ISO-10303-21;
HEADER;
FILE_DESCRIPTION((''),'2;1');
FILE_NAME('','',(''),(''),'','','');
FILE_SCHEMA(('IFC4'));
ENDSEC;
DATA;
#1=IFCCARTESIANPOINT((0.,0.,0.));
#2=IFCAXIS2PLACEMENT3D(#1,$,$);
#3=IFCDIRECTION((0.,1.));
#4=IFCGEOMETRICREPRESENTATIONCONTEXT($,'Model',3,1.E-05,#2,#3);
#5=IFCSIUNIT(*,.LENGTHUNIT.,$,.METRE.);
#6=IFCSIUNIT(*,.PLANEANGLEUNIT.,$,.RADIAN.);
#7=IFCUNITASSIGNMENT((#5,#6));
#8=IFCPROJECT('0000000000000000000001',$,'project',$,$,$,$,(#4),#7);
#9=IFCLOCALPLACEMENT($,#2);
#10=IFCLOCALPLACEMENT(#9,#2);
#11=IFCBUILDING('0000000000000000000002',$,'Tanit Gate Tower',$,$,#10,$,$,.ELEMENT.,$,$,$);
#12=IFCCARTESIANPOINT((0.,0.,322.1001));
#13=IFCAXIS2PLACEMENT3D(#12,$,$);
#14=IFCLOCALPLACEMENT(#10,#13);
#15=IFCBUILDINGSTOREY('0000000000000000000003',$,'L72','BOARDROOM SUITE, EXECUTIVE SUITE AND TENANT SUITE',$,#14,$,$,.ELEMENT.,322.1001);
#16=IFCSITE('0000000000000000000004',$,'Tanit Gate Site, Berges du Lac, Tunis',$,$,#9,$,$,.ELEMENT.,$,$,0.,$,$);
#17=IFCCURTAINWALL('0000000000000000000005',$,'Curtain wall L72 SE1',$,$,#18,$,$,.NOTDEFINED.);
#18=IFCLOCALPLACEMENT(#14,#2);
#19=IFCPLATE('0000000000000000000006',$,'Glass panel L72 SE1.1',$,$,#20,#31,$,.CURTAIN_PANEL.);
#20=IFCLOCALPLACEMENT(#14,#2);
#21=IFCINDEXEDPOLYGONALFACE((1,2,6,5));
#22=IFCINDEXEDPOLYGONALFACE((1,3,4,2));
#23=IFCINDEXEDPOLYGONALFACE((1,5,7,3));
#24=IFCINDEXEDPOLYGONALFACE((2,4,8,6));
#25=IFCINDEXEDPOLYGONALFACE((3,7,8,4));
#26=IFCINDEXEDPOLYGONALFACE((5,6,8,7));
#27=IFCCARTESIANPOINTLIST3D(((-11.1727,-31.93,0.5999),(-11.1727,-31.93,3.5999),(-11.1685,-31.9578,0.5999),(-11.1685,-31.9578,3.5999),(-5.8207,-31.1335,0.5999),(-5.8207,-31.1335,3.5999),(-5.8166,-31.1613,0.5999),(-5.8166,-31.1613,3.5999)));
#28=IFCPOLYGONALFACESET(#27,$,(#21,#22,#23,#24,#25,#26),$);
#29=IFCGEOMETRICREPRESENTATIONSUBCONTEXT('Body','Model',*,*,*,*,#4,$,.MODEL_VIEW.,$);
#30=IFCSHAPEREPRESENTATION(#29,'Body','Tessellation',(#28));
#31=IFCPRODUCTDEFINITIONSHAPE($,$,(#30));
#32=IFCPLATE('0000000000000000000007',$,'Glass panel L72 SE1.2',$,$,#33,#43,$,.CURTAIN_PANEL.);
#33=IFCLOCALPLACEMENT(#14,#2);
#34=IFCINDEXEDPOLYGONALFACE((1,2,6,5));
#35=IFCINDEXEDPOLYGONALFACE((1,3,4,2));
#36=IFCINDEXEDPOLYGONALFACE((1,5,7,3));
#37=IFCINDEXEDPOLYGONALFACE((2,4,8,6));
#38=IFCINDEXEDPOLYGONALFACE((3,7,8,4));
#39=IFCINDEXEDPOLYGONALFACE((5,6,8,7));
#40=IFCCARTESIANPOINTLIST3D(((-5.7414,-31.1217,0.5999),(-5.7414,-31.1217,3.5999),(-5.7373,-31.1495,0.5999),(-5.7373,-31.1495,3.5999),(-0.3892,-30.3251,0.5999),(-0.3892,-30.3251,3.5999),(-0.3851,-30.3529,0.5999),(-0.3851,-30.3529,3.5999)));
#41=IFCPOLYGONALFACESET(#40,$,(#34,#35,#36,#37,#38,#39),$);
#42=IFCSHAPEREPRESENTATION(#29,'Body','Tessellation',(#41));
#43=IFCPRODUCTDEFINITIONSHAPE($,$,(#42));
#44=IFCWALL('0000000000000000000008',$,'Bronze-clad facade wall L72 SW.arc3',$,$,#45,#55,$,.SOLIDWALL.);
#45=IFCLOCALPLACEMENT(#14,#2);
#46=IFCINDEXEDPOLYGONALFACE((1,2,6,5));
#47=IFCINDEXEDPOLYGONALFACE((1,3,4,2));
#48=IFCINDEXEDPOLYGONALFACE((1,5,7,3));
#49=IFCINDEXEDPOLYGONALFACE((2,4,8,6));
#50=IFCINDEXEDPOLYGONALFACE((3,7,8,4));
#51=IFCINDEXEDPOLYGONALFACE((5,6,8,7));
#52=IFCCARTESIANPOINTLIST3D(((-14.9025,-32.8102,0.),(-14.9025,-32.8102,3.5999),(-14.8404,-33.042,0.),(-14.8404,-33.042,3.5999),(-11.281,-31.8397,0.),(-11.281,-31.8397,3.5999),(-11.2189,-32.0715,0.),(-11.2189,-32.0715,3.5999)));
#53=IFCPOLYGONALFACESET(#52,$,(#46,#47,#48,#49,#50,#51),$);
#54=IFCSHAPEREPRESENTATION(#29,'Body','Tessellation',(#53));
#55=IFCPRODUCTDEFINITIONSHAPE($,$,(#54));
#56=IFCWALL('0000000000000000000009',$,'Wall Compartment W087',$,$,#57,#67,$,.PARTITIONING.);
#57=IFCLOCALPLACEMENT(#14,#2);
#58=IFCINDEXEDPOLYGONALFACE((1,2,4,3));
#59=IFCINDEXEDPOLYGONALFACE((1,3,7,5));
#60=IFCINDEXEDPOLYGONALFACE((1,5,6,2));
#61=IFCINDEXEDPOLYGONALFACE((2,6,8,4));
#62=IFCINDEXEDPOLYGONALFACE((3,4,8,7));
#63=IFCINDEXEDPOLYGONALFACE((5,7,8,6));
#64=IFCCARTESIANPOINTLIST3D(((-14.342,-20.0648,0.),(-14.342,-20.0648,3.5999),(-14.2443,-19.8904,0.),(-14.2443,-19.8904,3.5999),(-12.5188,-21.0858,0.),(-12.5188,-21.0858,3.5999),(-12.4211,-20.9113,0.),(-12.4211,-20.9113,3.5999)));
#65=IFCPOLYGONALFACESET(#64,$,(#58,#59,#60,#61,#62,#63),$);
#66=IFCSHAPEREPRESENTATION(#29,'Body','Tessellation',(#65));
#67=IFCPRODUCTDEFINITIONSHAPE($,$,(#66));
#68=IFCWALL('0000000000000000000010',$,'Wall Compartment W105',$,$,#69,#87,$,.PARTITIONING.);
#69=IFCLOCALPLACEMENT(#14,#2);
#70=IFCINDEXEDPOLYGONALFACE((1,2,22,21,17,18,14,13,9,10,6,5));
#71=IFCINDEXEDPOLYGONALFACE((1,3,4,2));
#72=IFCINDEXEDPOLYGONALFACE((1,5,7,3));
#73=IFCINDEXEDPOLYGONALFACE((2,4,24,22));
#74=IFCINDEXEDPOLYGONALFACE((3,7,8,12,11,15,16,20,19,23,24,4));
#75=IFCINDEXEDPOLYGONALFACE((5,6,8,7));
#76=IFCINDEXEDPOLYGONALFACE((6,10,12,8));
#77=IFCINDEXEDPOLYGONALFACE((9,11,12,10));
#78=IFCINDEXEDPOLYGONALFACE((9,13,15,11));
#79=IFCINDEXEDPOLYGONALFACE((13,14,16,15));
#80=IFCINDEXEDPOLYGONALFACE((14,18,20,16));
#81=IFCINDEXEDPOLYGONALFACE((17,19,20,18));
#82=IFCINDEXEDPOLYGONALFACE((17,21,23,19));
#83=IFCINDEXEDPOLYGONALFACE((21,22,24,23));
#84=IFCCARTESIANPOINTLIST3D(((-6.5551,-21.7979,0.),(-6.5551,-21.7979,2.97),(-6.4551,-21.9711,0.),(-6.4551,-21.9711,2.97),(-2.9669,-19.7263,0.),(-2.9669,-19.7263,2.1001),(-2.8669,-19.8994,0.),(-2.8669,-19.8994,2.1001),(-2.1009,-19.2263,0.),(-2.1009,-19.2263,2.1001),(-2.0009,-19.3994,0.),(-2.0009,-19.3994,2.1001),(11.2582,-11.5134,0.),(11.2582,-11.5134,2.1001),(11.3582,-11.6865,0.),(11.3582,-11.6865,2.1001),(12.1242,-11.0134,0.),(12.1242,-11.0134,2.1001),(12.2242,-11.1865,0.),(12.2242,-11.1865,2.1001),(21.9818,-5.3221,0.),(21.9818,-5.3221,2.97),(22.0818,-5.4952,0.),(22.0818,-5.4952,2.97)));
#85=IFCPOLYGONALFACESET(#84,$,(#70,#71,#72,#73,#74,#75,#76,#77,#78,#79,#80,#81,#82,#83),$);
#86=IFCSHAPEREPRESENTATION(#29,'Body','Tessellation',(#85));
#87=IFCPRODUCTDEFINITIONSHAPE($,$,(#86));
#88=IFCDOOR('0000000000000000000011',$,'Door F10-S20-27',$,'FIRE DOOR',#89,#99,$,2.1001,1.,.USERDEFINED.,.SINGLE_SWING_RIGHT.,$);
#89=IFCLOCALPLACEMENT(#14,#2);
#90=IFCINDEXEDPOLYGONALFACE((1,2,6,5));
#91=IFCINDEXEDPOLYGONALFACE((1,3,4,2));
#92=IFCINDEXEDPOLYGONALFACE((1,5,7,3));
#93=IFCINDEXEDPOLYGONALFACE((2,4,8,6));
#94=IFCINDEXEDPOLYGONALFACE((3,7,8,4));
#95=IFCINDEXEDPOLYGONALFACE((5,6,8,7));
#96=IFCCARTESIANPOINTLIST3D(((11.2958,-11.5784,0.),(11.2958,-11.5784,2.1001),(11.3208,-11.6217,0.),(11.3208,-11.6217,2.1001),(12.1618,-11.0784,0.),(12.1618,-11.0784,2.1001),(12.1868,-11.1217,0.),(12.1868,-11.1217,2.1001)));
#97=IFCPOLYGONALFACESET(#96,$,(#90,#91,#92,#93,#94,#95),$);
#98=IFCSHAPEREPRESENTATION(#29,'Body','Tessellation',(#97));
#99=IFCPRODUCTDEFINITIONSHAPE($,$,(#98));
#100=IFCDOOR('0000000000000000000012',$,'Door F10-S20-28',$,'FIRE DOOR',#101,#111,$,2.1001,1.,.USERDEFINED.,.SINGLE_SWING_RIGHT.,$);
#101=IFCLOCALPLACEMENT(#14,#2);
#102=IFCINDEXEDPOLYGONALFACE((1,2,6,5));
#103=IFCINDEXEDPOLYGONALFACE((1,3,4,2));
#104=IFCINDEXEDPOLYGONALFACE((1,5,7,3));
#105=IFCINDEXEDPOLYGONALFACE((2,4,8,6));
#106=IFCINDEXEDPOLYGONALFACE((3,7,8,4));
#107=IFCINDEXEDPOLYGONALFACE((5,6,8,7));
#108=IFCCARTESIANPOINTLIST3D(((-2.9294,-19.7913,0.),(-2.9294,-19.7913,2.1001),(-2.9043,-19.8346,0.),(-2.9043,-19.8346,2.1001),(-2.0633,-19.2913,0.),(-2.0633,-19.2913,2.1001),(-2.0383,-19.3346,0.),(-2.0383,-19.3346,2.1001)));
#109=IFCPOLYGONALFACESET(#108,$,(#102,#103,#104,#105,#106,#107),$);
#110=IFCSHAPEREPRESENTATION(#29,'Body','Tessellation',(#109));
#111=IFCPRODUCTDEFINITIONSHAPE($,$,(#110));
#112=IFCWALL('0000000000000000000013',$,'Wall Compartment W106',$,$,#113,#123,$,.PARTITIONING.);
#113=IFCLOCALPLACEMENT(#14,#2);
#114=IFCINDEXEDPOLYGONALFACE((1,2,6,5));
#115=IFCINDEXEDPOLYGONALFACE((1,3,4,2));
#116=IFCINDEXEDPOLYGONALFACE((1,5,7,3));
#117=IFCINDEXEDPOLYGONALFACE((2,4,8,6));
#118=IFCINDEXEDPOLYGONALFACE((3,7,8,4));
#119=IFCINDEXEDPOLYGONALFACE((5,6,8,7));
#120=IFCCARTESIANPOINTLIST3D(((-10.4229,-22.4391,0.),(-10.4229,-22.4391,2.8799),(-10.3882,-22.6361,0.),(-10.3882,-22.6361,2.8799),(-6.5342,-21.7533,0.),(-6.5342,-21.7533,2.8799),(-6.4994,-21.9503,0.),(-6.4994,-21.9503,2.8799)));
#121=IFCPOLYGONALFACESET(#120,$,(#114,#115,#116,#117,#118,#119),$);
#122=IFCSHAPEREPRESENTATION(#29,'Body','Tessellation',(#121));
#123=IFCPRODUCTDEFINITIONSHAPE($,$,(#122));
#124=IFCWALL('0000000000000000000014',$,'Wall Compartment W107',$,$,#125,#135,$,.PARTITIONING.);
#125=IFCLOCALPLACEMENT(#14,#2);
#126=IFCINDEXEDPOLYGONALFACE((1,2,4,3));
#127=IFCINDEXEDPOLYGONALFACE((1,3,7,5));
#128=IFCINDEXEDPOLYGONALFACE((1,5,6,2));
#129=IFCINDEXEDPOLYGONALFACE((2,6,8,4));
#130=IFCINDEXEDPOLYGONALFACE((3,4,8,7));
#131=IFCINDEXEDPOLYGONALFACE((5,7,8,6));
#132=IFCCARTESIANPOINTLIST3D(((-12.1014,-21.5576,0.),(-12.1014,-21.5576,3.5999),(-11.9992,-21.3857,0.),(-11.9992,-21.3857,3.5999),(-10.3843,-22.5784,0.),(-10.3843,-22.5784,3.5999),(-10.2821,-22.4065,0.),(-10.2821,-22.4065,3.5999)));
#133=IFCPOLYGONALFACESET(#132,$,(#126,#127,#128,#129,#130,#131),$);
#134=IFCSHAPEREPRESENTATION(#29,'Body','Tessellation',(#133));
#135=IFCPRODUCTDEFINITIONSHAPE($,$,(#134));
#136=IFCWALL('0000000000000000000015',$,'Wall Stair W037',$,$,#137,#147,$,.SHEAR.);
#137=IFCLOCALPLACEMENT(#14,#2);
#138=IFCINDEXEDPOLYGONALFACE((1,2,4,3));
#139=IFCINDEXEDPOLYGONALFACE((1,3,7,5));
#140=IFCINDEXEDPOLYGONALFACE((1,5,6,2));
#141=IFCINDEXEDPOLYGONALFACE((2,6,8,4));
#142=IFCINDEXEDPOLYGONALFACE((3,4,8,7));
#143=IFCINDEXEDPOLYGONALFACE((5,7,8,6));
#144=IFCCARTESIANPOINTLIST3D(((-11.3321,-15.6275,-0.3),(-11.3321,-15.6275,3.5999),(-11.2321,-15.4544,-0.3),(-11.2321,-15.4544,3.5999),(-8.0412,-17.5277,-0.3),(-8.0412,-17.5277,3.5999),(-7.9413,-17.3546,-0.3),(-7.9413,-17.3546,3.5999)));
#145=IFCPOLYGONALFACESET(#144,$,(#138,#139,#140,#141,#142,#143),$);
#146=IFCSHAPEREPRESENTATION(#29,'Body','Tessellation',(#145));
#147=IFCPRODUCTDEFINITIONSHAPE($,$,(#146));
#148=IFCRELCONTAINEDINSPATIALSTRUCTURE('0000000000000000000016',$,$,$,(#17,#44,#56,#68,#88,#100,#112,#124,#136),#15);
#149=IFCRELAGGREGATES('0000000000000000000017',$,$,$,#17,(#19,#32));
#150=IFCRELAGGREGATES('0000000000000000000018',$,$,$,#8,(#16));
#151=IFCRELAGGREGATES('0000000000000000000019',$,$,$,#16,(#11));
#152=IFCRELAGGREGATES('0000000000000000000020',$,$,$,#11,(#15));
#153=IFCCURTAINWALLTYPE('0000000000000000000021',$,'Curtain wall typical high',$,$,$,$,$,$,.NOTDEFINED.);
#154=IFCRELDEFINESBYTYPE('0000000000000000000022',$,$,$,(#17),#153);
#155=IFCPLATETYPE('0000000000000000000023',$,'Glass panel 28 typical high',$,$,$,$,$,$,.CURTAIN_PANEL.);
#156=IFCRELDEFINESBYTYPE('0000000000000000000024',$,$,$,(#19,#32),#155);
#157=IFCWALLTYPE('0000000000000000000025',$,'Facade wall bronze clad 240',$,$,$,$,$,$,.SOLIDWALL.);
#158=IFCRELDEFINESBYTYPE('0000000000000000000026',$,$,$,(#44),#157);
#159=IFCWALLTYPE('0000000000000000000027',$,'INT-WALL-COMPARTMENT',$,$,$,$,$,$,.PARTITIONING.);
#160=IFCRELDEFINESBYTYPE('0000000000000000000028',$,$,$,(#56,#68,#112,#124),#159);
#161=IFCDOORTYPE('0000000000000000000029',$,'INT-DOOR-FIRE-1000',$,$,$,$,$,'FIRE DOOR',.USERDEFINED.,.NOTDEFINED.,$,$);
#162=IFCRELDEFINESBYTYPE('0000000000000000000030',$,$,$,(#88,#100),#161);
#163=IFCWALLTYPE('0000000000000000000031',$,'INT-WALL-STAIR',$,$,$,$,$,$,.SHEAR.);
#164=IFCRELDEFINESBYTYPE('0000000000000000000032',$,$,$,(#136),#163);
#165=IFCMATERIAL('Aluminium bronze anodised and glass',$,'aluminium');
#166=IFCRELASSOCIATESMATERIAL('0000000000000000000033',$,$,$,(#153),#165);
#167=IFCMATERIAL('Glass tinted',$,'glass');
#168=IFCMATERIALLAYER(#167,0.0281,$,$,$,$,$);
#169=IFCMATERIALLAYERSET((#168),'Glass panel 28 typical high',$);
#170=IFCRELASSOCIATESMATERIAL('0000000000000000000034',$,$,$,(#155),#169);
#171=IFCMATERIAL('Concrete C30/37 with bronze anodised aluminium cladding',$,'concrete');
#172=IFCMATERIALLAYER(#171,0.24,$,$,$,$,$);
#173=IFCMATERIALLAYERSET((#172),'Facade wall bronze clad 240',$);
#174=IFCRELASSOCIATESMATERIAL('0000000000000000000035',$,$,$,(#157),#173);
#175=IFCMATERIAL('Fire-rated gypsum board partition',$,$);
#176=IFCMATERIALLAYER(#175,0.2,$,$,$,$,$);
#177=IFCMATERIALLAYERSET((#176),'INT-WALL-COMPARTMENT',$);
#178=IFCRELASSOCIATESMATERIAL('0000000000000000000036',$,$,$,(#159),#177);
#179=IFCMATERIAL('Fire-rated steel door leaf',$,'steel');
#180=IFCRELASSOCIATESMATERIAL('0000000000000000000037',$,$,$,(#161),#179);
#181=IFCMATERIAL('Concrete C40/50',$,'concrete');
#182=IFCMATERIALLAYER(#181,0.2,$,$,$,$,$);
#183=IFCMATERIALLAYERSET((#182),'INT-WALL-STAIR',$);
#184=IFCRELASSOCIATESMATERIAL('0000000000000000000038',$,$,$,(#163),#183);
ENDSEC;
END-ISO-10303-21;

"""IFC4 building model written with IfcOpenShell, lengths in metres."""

from ifc_helpers import new_model, si_unit, direction, frame, frame_2d, origin, origin_2d, place, context, subcontext, project, spatial, rectangle, extrude, material, layer, layer_set, type_object, element, fill, aggregate, save


model = new_model("IFC4")

# Units and contexts
model_context = context("Model", 3, precision=1e-05, world=origin(), true_north=direction((0.0, 1.0)))
body_context = subcontext(model_context, "Body", "Model", "MODEL_VIEW")
ifc_project = project(units=[si_unit("LENGTHUNIT", "METRE"), si_unit("PLANEANGLEUNIT", "RADIAN")], contexts=[model_context])

# Site, building, storey
site_placement = place(None, origin())
site = spatial("IfcSite", under=ifc_project, at=site_placement, Name="Tanit Gate Site, Berges du Lac, Tunis", CompositionType="ELEMENT", RefElevation=0.0)
building_placement = place(site_placement, origin())
building = spatial("IfcBuilding", under=site, at=building_placement, Name="Tanit Gate Tower", CompositionType="ELEMENT")
storey_placement = place(building_placement, frame((0.0, 0.0, 322.1001)))
storey = spatial("IfcBuildingStorey", under=building, at=storey_placement, Name="L72", Description="BOARDROOM SUITE, EXECUTIVE SUITE AND TENANT SUITE", CompositionType="ELEMENT", Elevation=322.1001)

# Curtain wall
ifc_material_1 = material(Name="Aluminium bronze anodised and glass", Category="aluminium")
curtain_wall_type = type_object("IfcCurtainWallType", Name="Curtain wall typical high", PredefinedType="NOTDEFINED", material=ifc_material_1)
curtain_wall_placement = place(storey_placement, origin())
curtain_wall = element("IfcCurtainWall", 1, at=curtain_wall_placement, inside=storey, type_object=curtain_wall_type, Name="Curtain wall L72 SE1", PredefinedType="NOTDEFINED")

# Plates
ifc_material_2 = material(Name="Glass tinted", Category="glass")
ifc_layer_1 = layer(ifc_material_2, 0.0281)
ifc_layer_set_1 = layer_set([ifc_layer_1], Name="Glass panel 28 typical high")
plate_type = type_object("IfcPlateType", Name="Glass panel 28 typical high", PredefinedType="CURTAIN_PANEL", material=ifc_layer_set_1)
plate_1_placement = place(storey_placement, frame((-8.4946, -31.5457, 0.5999), z_axis=(0.0, 0.0, 1.0), x_axis=(0.989106, 0.147205, 0.0)))
plate_1 = element("IfcPlate", 2, at=plate_1_placement, type_object=plate_type, Name="Glass panel L72 SE1.1", PredefinedType="CURTAIN_PANEL", context=body_context, shape_type="SweptSolid", body=[
    extrude(rectangle(XDim=5.4109, YDim=0.0281, at=origin_2d()), origin(), (0.0, 0.0, 1.0), 3.0),
])
plate_2_placement = place(storey_placement, frame((-3.0632, -30.7373, 0.5999), z_axis=(0.0, 0.0, 1.0), x_axis=(0.989106, 0.147205, 0.0)))
plate_2 = element("IfcPlate", 3, at=plate_2_placement, type_object=plate_type, Name="Glass panel L72 SE1.2", PredefinedType="CURTAIN_PANEL", context=body_context, shape_type="SweptSolid", body=[
    extrude(rectangle(XDim=5.4111, YDim=0.0281, at=origin_2d()), origin(), (0.0, 0.0, 1.0), 3.0),
])
aggregate(curtain_wall, [plate_1, plate_2])

# Walls
ifc_material_3 = material(Name="Concrete C30/37 with bronze anodised aluminium cladding", Category="concrete")
ifc_layer_2 = layer(ifc_material_3, 0.24)
ifc_layer_set_2 = layer_set([ifc_layer_2], Name="Facade wall bronze clad 240")
wall_type_1 = type_object("IfcWallType", Name="Facade wall bronze clad 240", PredefinedType="SOLIDWALL", material=ifc_layer_set_2)
wall_1_placement = place(storey_placement, frame((-14.8713, -32.926, 0.0), z_axis=(0.0, 0.0, 1.0), x_axis=(0.965922, 0.258834, 0.0)))
element("IfcWall", 4, at=wall_1_placement, inside=storey, type_object=wall_type_1, Name="Bronze-clad facade wall L72 SW.arc3", PredefinedType="SOLIDWALL", context=body_context, shape_type="SweptSolid", body=[
    extrude(rectangle(XDim=3.7493, YDim=0.24, at=frame_2d((1.8745, 0.0))), origin(), (0.0, 0.0, 1.0), 3.5999),
])
ifc_material_4 = material(Name="Fire-rated gypsum board partition")
ifc_layer_3 = layer(ifc_material_4, 0.2)
ifc_layer_set_3 = layer_set([ifc_layer_3], Name="INT-WALL-COMPARTMENT")
wall_type_2 = type_object("IfcWallType", Name="INT-WALL-COMPARTMENT", PredefinedType="PARTITIONING", material=ifc_layer_set_3)
wall_2_placement = place(storey_placement, frame((-14.2932, -19.9775, 0.0), z_axis=(0.0, 0.0, 1.0), x_axis=(0.87251, -0.488596, 0.0)))
element("IfcWall", 5, at=wall_2_placement, inside=storey, type_object=wall_type_2, Name="Wall Compartment W087", PredefinedType="PARTITIONING", context=body_context, shape_type="SweptSolid", body=[
    extrude(rectangle(XDim=2.0896, YDim=0.2, at=frame_2d((1.0449, 0.0))), origin(), (0.0, 0.0, 1.0), 3.5999),
])

# Wall, openings, doors
wall_3_placement = place(storey_placement, frame((-6.5051, -21.8845, 0.0), z_axis=(0.0, 0.0, 1.0), x_axis=(0.866025, 0.500001, 0.0)))
wall_3 = element("IfcWall", 6, at=wall_3_placement, inside=storey, type_object=wall_type_2, Name="Wall Compartment W105", PredefinedType="PARTITIONING", context=body_context, shape_type="SweptSolid", body=[
    extrude(rectangle(XDim=32.9517, YDim=0.2, at=frame_2d((16.4758, 0.0))), origin(), (0.0, 0.0, 1.0), 2.97),
])
opening_1_placement = place(wall_3_placement, frame((20.5691, 0.0, 0.0)))
opening_1 = element("IfcOpeningElement", 7, at=opening_1_placement, cuts=wall_3, PredefinedType="OPENING", context=body_context, shape_type="SweptSolid", body=[
    extrude(rectangle(XDim=1.0, YDim=2.1001, at=frame_2d((0.5, 1.05))), frame((0.0, 0.1099, 0.0), z_axis=(0.0, -1.0, 0.0), x_axis=(1.0, 0.0, 0.0)), (0.0, 0.0, 1.0), 0.22),
])
opening_2_placement = place(wall_3_placement, frame((4.1433, 0.0, 0.0)))
opening_2 = element("IfcOpeningElement", 8, at=opening_2_placement, cuts=wall_3, PredefinedType="OPENING", context=body_context, shape_type="SweptSolid", body=[
    extrude(rectangle(XDim=1.0, YDim=2.1001, at=frame_2d((0.5, 1.05))), frame((0.0, 0.1099, 0.0), z_axis=(0.0, -1.0, 0.0), x_axis=(1.0, 0.0, 0.0)), (0.0, 0.0, 1.0), 0.22),
])
ifc_material_5 = material(Name="Fire-rated steel door leaf", Category="steel")
door_type_1 = type_object("IfcDoorType", Name="INT-DOOR-FIRE-1000", ElementType="FIRE DOOR", OperationType="NOTDEFINED", PredefinedType="USERDEFINED", material=ifc_material_5)
door_1_placement = place(opening_1_placement, origin())
door_1 = element("IfcDoor", 9, at=door_1_placement, inside=storey, type_object=door_type_1, Name="Door F10-S20-27", ObjectType="FIRE DOOR", OperationType="SINGLE_SWING_RIGHT", OverallHeight=2.1001, OverallWidth=1.0, PredefinedType="USERDEFINED", context=body_context, shape_type="SweptSolid", body=[
    extrude(rectangle(XDim=1.0, YDim=2.1001, at=frame_2d((0.5, 1.05))), frame((0.0, 0.0249, 0.0), z_axis=(0.0, -1.0, 0.0), x_axis=(1.0, 0.0, 0.0)), (0.0, 0.0, 1.0), 0.05),
])
fill(opening_1, door_1)
door_2_placement = place(opening_2_placement, origin())
door_2 = element("IfcDoor", 10, at=door_2_placement, inside=storey, type_object=door_type_1, Name="Door F10-S20-28", ObjectType="FIRE DOOR", OperationType="SINGLE_SWING_RIGHT", OverallHeight=2.1001, OverallWidth=1.0, PredefinedType="USERDEFINED", context=body_context, shape_type="SweptSolid", body=[
    extrude(rectangle(XDim=1.0, YDim=2.1001, at=frame_2d((0.5, 1.05))), frame((0.0, 0.0249, 0.0), z_axis=(0.0, -1.0, 0.0), x_axis=(1.0, 0.0, 0.0)), (0.0, 0.0, 1.0), 0.05),
])
fill(opening_2, door_2)

# Walls
wall_4_placement = place(storey_placement, frame((-10.4055, -22.5376, 0.0), z_axis=(0.0, 0.0, 1.0), x_axis=(0.984803, 0.173676, 0.0)))
element("IfcWall", 11, at=wall_4_placement, inside=storey, type_object=wall_type_2, Name="Wall Compartment W106", PredefinedType="PARTITIONING", context=body_context, shape_type="SweptSolid", body=[
    extrude(rectangle(XDim=3.9487, YDim=0.2, at=frame_2d((1.9744, 0.0))), origin(), (0.0, 0.0, 1.0), 2.8799),
])
wall_5_placement = place(storey_placement, frame((-12.0503, -21.4717, 0.0), z_axis=(0.0, 0.0, 1.0), x_axis=(0.859578, -0.511005, 0.0)))
element("IfcWall", 12, at=wall_5_placement, inside=storey, type_object=wall_type_2, Name="Wall Compartment W107", PredefinedType="PARTITIONING", context=body_context, shape_type="SweptSolid", body=[
    extrude(rectangle(XDim=1.9976, YDim=0.2, at=frame_2d((0.9988, 0.0))), origin(), (0.0, 0.0, 1.0), 3.5999),
])
ifc_material_6 = material(Name="Concrete C40/50", Category="concrete")
ifc_layer_4 = layer(ifc_material_6, 0.2)
ifc_layer_set_4 = layer_set([ifc_layer_4], Name="INT-WALL-STAIR")
wall_type_3 = type_object("IfcWallType", Name="INT-WALL-STAIR", PredefinedType="SHEAR", material=ifc_layer_set_4)
wall_6_placement = place(storey_placement, frame((-11.282, -15.541, -0.3), z_axis=(0.0, 0.0, 1.0), x_axis=(0.866, -0.500043, 0.0)))
element("IfcWall", 13, at=wall_6_placement, inside=storey, type_object=wall_type_3, Name="Wall Stair W037", PredefinedType="SHEAR", context=body_context, shape_type="SweptSolid", body=[
    extrude(rectangle(XDim=3.8, YDim=0.2, at=frame_2d((1.8999, 0.0))), origin(), (0.0, 0.0, 1.0), 3.8999),
])

save(model, "model.ifc")
